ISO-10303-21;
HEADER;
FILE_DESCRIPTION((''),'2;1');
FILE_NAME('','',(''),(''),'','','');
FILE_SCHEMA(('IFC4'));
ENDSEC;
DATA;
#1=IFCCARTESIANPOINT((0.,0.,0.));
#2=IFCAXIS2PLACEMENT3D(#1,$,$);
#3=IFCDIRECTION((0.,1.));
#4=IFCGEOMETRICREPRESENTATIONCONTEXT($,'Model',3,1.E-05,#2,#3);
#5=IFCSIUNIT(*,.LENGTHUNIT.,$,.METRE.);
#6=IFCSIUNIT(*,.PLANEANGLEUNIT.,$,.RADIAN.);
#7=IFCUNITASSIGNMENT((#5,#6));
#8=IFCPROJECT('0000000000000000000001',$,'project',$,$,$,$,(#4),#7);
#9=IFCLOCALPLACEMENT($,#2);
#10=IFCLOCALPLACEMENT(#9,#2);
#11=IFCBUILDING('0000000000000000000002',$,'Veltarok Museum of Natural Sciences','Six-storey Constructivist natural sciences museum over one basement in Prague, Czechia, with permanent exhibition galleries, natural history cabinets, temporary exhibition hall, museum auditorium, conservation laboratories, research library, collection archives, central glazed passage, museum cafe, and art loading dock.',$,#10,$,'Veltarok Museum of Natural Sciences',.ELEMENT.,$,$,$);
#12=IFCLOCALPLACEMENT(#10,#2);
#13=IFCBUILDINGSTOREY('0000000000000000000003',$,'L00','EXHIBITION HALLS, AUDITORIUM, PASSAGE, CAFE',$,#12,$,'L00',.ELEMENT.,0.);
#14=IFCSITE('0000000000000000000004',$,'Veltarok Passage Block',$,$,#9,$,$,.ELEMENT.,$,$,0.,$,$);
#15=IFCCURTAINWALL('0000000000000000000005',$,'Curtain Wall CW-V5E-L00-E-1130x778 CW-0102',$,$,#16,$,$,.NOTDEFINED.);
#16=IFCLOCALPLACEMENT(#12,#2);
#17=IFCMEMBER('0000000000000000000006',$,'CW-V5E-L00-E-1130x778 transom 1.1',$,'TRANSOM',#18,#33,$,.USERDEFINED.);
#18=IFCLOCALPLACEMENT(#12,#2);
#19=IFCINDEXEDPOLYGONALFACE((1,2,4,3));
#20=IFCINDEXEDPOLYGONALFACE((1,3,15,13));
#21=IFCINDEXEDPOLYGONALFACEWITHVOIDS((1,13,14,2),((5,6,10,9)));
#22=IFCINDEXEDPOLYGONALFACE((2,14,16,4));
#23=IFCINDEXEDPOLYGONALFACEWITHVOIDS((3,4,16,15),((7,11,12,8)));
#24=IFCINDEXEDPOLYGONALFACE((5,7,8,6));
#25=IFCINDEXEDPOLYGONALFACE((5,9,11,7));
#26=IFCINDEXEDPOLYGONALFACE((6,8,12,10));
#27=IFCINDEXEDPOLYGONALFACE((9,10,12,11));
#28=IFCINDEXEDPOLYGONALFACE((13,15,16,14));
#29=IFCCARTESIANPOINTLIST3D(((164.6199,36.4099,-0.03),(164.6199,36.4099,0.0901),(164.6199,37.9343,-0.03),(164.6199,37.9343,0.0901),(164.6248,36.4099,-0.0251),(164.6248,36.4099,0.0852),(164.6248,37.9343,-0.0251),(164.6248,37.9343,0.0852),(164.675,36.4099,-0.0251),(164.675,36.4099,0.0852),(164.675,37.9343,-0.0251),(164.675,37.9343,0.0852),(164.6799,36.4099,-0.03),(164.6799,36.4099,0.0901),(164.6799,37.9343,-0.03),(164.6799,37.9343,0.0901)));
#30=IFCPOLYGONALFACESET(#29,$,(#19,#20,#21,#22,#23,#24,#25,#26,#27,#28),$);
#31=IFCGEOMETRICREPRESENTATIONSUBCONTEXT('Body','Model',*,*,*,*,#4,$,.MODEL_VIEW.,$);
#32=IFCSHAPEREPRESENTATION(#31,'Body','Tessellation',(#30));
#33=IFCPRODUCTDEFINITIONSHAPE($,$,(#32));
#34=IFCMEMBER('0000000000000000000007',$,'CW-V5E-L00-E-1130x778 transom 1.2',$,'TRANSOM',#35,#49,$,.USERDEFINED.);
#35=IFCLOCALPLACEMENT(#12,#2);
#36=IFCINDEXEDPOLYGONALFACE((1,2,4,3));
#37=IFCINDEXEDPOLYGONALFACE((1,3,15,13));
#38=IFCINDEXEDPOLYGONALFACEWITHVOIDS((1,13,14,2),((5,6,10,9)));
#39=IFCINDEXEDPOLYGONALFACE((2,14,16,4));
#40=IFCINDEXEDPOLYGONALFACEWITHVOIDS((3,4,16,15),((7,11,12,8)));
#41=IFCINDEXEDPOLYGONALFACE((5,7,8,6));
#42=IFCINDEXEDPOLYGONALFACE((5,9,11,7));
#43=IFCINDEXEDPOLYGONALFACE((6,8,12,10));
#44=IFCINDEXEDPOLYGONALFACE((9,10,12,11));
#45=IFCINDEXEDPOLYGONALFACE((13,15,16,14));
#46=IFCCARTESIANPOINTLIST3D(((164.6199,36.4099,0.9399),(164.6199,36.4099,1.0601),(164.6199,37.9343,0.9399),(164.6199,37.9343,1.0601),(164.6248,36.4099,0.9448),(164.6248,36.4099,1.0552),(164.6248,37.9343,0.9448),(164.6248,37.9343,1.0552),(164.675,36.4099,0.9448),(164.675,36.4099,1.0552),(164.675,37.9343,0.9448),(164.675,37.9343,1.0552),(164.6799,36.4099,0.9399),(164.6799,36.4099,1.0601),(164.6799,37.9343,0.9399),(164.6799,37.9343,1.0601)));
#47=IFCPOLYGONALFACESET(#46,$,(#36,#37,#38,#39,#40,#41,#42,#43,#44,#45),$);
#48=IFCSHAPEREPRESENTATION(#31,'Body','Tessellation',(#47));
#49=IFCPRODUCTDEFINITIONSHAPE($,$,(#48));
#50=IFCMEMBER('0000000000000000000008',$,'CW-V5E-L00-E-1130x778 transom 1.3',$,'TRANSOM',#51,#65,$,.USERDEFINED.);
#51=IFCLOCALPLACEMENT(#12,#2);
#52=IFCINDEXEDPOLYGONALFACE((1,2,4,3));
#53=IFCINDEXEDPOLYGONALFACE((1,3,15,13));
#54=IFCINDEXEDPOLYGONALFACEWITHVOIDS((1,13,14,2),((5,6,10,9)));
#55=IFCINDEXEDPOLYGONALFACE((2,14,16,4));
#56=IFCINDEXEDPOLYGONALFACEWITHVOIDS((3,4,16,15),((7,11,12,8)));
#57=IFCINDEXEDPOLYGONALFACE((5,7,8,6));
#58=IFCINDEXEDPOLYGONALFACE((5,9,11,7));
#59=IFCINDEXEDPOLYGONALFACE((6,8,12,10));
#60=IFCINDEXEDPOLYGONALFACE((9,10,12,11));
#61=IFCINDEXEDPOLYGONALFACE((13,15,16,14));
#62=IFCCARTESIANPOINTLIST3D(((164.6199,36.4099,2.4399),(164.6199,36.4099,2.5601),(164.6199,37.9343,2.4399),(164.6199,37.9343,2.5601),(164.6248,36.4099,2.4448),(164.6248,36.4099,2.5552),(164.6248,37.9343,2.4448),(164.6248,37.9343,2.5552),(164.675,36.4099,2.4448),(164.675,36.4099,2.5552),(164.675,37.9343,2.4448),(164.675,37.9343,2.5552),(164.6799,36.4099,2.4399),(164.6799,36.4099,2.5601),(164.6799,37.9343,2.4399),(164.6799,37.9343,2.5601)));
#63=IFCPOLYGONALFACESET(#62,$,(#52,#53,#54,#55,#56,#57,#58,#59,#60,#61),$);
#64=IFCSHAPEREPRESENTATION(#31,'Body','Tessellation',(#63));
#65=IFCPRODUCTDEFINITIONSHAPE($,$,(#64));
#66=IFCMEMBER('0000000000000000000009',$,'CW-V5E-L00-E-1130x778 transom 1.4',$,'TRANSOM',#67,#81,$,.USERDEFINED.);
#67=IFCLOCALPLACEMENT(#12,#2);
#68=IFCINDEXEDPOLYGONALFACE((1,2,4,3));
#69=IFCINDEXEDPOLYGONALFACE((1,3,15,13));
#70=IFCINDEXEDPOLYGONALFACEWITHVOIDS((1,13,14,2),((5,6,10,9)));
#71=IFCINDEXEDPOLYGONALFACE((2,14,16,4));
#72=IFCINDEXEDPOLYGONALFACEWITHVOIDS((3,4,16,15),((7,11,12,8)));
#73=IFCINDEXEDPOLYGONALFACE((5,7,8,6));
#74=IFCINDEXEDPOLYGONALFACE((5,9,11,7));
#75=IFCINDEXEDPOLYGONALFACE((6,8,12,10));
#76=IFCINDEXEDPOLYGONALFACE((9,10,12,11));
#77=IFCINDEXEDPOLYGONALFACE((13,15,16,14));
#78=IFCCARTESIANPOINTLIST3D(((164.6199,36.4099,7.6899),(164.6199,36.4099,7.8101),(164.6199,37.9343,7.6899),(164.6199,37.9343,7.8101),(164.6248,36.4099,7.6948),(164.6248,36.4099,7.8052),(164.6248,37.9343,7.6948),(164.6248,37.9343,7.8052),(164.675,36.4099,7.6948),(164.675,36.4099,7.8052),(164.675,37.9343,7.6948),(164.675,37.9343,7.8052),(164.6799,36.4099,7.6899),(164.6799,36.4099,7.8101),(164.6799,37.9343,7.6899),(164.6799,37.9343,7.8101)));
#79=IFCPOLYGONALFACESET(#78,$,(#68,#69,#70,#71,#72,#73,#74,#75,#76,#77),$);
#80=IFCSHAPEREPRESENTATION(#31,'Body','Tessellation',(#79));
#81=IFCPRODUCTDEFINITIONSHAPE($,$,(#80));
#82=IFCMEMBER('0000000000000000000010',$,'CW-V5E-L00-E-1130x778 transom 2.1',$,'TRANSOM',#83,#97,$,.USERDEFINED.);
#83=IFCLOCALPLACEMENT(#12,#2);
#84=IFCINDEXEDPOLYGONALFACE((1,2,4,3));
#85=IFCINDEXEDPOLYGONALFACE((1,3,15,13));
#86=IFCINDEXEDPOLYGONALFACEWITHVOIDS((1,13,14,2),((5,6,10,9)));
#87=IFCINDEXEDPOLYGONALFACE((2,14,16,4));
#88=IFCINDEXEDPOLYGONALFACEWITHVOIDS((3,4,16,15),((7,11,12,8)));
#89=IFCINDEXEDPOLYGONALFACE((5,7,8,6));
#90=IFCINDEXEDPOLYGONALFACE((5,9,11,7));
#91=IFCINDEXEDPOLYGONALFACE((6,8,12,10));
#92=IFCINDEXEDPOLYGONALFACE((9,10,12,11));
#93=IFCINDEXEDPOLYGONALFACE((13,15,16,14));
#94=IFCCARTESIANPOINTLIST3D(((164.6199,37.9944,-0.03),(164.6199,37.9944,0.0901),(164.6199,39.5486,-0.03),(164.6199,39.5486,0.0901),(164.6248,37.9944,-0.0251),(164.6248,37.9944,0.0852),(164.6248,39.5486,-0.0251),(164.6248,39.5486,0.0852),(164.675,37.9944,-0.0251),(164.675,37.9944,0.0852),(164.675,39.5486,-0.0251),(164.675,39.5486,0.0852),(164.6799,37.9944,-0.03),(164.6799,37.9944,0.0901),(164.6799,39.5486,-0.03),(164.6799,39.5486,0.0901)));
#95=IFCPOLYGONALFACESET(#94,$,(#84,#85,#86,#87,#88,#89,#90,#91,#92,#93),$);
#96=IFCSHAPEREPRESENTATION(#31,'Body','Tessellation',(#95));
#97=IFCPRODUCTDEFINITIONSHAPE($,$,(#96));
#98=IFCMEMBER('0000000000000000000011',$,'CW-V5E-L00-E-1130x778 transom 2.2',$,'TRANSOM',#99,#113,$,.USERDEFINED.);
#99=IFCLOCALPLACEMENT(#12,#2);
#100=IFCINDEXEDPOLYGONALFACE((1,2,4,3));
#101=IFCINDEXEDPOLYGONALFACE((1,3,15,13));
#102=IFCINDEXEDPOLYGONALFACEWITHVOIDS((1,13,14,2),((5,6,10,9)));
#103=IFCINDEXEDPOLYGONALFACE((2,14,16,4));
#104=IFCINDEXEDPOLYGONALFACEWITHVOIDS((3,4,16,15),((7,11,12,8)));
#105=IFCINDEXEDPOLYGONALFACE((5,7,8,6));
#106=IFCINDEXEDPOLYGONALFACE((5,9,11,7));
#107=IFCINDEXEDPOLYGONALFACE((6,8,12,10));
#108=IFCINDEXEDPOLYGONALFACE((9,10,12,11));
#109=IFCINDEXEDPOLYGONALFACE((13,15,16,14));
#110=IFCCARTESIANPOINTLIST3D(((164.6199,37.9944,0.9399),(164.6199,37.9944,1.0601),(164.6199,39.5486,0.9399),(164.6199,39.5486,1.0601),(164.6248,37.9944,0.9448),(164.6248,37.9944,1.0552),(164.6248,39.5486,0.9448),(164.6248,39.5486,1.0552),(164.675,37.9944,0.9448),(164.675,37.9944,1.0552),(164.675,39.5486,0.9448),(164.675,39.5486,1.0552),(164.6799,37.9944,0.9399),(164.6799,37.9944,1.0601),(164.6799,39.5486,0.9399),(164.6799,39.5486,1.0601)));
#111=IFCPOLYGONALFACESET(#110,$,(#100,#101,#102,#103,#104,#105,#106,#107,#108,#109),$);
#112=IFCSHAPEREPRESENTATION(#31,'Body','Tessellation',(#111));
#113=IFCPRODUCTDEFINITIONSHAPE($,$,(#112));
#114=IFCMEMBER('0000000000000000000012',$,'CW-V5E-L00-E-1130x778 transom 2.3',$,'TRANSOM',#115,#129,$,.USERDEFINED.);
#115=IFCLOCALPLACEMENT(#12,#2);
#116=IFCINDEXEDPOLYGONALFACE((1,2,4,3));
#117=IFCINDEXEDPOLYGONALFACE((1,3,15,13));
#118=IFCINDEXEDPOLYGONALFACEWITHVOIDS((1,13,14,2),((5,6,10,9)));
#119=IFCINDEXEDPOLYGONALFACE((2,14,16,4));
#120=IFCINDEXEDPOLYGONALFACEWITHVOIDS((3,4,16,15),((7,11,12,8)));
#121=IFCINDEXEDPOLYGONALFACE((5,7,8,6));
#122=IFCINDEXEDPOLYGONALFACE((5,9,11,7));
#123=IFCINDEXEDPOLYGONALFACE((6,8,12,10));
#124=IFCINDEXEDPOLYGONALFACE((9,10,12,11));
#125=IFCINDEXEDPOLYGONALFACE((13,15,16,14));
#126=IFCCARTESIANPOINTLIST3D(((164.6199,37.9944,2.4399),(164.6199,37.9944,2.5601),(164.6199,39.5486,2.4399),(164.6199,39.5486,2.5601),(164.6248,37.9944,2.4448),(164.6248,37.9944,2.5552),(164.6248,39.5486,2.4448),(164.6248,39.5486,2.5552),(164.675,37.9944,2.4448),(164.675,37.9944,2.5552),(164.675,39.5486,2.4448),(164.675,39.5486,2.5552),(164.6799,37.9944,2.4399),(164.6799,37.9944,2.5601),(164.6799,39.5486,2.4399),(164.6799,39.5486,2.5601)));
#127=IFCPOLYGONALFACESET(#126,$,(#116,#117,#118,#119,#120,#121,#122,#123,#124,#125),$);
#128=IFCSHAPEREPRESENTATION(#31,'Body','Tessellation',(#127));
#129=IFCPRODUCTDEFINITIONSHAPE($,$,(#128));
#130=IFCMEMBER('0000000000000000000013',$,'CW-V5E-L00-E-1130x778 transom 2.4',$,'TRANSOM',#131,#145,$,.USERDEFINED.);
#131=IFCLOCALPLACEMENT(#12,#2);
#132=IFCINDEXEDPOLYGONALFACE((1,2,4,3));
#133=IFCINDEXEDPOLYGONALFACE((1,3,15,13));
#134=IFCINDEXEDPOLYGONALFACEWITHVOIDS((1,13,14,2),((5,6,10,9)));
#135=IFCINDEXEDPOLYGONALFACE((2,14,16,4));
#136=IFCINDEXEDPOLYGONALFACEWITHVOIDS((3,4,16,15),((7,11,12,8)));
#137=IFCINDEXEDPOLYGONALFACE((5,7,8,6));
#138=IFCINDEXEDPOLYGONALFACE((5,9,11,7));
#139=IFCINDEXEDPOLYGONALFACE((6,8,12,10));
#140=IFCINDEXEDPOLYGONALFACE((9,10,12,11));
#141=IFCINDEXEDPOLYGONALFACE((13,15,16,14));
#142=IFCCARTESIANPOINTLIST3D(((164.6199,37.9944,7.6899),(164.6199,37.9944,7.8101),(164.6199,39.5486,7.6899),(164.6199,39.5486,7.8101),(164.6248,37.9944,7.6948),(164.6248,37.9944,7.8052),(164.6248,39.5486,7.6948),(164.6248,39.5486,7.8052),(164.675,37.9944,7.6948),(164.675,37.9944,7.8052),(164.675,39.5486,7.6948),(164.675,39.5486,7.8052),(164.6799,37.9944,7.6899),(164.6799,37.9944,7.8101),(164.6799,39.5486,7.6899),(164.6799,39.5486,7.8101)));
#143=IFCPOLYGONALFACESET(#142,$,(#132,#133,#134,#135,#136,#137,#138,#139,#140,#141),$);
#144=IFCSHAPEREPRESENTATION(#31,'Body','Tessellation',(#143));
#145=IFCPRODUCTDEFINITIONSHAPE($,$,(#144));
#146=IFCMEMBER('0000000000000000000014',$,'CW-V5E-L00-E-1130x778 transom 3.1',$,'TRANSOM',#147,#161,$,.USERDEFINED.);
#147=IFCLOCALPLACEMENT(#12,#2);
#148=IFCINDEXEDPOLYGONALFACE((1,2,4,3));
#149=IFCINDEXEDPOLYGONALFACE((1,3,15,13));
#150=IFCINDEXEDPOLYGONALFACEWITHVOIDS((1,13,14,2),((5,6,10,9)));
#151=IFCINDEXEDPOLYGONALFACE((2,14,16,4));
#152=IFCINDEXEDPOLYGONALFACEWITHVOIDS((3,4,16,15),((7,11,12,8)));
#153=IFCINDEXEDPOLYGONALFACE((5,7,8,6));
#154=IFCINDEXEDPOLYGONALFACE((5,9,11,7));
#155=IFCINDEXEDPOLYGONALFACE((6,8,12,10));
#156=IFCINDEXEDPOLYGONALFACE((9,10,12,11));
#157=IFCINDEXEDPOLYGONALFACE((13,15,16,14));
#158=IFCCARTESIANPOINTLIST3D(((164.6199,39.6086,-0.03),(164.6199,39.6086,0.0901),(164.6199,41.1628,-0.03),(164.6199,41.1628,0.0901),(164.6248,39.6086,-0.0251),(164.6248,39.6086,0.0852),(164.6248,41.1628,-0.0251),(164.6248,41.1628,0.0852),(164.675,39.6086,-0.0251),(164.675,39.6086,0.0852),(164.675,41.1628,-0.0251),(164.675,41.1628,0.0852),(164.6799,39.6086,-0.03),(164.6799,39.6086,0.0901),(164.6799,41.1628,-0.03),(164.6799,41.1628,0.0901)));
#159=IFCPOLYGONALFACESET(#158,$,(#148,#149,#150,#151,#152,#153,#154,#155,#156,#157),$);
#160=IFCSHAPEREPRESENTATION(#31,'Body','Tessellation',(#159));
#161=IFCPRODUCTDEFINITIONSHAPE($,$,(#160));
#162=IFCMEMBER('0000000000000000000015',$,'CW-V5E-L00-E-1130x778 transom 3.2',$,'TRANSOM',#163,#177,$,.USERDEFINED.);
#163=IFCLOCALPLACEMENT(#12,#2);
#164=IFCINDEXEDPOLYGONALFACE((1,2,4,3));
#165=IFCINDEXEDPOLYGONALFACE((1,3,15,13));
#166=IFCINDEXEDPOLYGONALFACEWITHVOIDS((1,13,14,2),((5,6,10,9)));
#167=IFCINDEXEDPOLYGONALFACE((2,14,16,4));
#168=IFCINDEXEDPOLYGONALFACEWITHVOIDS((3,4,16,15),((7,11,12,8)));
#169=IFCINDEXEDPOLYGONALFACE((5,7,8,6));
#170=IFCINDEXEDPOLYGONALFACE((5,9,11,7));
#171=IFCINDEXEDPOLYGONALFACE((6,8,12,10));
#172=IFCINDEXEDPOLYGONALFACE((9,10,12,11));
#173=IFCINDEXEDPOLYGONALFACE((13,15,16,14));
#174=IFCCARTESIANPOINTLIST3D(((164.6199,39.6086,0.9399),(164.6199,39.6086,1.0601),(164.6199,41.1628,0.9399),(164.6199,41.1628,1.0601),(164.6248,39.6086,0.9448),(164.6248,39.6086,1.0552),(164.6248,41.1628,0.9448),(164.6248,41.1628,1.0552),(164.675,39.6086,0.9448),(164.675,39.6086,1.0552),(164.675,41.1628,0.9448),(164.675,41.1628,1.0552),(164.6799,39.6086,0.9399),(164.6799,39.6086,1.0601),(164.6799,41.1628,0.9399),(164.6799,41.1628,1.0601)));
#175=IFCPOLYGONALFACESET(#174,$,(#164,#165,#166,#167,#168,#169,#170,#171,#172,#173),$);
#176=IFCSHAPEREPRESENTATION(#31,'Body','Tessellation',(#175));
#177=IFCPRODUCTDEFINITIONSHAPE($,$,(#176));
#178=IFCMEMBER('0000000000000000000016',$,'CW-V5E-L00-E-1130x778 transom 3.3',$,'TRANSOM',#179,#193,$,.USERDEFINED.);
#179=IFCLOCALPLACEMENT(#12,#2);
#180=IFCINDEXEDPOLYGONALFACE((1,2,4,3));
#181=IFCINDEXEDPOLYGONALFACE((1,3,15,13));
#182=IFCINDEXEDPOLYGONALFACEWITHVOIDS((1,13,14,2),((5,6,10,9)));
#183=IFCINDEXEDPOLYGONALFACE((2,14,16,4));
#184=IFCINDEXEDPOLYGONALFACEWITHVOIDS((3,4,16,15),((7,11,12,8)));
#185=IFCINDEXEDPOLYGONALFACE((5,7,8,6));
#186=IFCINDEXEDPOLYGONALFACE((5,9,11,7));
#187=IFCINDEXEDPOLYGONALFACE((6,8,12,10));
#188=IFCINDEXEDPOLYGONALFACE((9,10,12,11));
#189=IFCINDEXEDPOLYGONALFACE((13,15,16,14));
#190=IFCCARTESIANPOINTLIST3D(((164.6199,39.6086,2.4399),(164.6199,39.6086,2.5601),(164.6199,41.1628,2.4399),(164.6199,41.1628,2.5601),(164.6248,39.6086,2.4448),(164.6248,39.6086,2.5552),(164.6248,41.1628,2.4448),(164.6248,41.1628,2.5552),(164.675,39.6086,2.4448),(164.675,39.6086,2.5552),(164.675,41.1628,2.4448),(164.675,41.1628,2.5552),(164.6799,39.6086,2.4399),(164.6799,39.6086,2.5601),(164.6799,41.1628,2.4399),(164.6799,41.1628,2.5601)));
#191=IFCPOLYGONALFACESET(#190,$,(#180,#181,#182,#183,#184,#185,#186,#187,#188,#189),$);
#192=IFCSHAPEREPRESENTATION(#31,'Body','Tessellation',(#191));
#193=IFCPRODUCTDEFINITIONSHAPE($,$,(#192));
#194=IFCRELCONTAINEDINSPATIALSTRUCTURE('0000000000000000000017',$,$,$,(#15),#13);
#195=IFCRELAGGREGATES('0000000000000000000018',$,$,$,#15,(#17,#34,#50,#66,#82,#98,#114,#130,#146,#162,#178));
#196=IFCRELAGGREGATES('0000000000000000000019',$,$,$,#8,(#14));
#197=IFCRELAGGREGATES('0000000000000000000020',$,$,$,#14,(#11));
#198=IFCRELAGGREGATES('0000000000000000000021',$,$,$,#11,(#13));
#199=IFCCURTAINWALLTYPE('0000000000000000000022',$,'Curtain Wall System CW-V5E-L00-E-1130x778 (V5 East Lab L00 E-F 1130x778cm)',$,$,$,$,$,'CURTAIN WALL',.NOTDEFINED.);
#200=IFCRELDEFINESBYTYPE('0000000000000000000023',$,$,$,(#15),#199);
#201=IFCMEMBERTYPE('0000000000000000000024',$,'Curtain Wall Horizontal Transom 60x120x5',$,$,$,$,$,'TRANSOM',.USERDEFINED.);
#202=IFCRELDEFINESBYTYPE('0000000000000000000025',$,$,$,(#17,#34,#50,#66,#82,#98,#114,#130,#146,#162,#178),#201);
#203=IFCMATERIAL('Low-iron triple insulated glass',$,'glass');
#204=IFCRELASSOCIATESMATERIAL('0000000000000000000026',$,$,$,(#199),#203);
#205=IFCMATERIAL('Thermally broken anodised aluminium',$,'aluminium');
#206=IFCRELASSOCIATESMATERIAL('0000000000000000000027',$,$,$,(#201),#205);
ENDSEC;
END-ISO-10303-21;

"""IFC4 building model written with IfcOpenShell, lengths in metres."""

from ifc_helpers import new_model, si_unit, direction, frame, origin, origin_2d, place, context, subcontext, project, spatial, hollow_rectangle, extrude, material, material_profile, profile_set, type_object, element, aggregate, save


model = new_model("IFC4")

# Units and contexts
model_context = context("Model", 3, precision=1e-05, world=origin(), true_north=direction((0.0, 1.0)))
body_context = subcontext(model_context, "Body", "Model", "MODEL_VIEW")
ifc_project = project(units=[si_unit("LENGTHUNIT", "METRE"), si_unit("PLANEANGLEUNIT", "RADIAN")], contexts=[model_context])

# Site, building, storey
site_placement = place(None, origin())
site = spatial("IfcSite", under=ifc_project, at=site_placement, Name="Veltarok Passage Block", CompositionType="ELEMENT", RefElevation=0.0)
building_placement = place(site_placement, origin())
building = spatial("IfcBuilding", under=site, at=building_placement, Name="Veltarok Museum of Natural Sciences", Description="Six-storey Constructivist natural sciences museum over one basement in Prague, Czechia, with permanent exhibition galleries, natural history cabinets, temporary exhibition hall, museum auditorium, conservation laboratories, research library, collection archives, central glazed passage, museum cafe, and art loading dock.", LongName="Veltarok Museum of Natural Sciences", CompositionType="ELEMENT")
storey_placement = place(building_placement, origin())
storey = spatial("IfcBuildingStorey", under=building, at=storey_placement, Name="L00", Description="EXHIBITION HALLS, AUDITORIUM, PASSAGE, CAFE", LongName="L00", CompositionType="ELEMENT", Elevation=0.0)

# Curtain wall, members
ifc_material_1 = material(Name="Low-iron triple insulated glass", Category="glass")
curtain_wall_type = type_object("IfcCurtainWallType", Name="Curtain Wall System CW-V5E-L00-E-1130x778 (V5 East Lab L00 E-F 1130x778cm)", ElementType="CURTAIN WALL", PredefinedType="NOTDEFINED", material=ifc_material_1)
curtain_wall_placement = place(storey_placement, origin())
curtain_wall = element("IfcCurtainWall", 1, at=curtain_wall_placement, inside=storey, type_object=curtain_wall_type, Name="Curtain Wall CW-V5E-L00-E-1130x778 CW-0102", PredefinedType="NOTDEFINED")
ifc_material_2 = material(Name="Thermally broken anodised aluminium", Category="aluminium")
ifc_material_profile_1 = material_profile(ifc_material_2, hollow_rectangle(XDim=0.0601, YDim=0.1201, WallThickness=0.0049, at=origin_2d()), Name="CW TRANSOM 60x120x5")
ifc_profile_set_1 = profile_set([ifc_material_profile_1], Name="Thermally broken anodised aluminium")
member_type_1 = type_object("IfcMemberType", Name="Curtain Wall Horizontal Transom 60x120x5", ElementType="TRANSOM", PredefinedType="USERDEFINED", material=ifc_profile_set_1)
member_1_placement = place(storey_placement, frame((164.6499, 36.4099, 0.03), z_axis=(0.0, 1.0, 0.0), x_axis=(-1.0, 0.0, 0.0)))
member_1 = element("IfcMember", 2, at=member_1_placement, type_object=member_type_1, Name="CW-V5E-L00-E-1130x778 transom 1.1", ObjectType="TRANSOM", PredefinedType="USERDEFINED", context=body_context, shape_type="SweptSolid", body=[
    extrude(hollow_rectangle(XDim=0.0601, YDim=0.1201, WallThickness=0.0049, at=origin_2d()), origin(), (0.0, 0.0, 1.0), 1.5244),
])
member_2_placement = place(storey_placement, frame((164.6499, 36.4099, 1.0), z_axis=(0.0, 1.0, 0.0), x_axis=(-1.0, 0.0, 0.0)))
member_2 = element("IfcMember", 3, at=member_2_placement, type_object=member_type_1, Name="CW-V5E-L00-E-1130x778 transom 1.2", ObjectType="TRANSOM", PredefinedType="USERDEFINED", context=body_context, shape_type="SweptSolid", body=[
    extrude(hollow_rectangle(XDim=0.0601, YDim=0.1201, WallThickness=0.0049, at=origin_2d()), origin(), (0.0, 0.0, 1.0), 1.5244),
])
member_3_placement = place(storey_placement, frame((164.6499, 36.4099, 2.5), z_axis=(0.0, 1.0, 0.0), x_axis=(-1.0, 0.0, 0.0)))
member_3 = element("IfcMember", 4, at=member_3_placement, type_object=member_type_1, Name="CW-V5E-L00-E-1130x778 transom 1.3", ObjectType="TRANSOM", PredefinedType="USERDEFINED", context=body_context, shape_type="SweptSolid", body=[
    extrude(hollow_rectangle(XDim=0.0601, YDim=0.1201, WallThickness=0.0049, at=origin_2d()), origin(), (0.0, 0.0, 1.0), 1.5244),
])
member_4_placement = place(storey_placement, frame((164.6499, 36.4099, 7.75), z_axis=(0.0, 1.0, 0.0), x_axis=(-1.0, 0.0, 0.0)))
member_4 = element("IfcMember", 5, at=member_4_placement, type_object=member_type_1, Name="CW-V5E-L00-E-1130x778 transom 1.4", ObjectType="TRANSOM", PredefinedType="USERDEFINED", context=body_context, shape_type="SweptSolid", body=[
    extrude(hollow_rectangle(XDim=0.0601, YDim=0.1201, WallThickness=0.0049, at=origin_2d()), origin(), (0.0, 0.0, 1.0), 1.5244),
])
member_5_placement = place(storey_placement, frame((164.6499, 37.9944, 0.03), z_axis=(0.0, 1.0, 0.0), x_axis=(-1.0, 0.0, 0.0)))
member_5 = element("IfcMember", 6, at=member_5_placement, type_object=member_type_1, Name="CW-V5E-L00-E-1130x778 transom 2.1", ObjectType="TRANSOM", PredefinedType="USERDEFINED", context=body_context, shape_type="SweptSolid", body=[
    extrude(hollow_rectangle(XDim=0.0601, YDim=0.1201, WallThickness=0.0049, at=origin_2d()), origin(), (0.0, 0.0, 1.0), 1.5542),
])
member_6_placement = place(storey_placement, frame((164.6499, 37.9944, 1.0), z_axis=(0.0, 1.0, 0.0), x_axis=(-1.0, 0.0, 0.0)))
member_6 = element("IfcMember", 7, at=member_6_placement, type_object=member_type_1, Name="CW-V5E-L00-E-1130x778 transom 2.2", ObjectType="TRANSOM", PredefinedType="USERDEFINED", context=body_context, shape_type="SweptSolid", body=[
    extrude(hollow_rectangle(XDim=0.0601, YDim=0.1201, WallThickness=0.0049, at=origin_2d()), origin(), (0.0, 0.0, 1.0), 1.5542),
])
member_7_placement = place(storey_placement, frame((164.6499, 37.9944, 2.5), z_axis=(0.0, 1.0, 0.0), x_axis=(-1.0, 0.0, 0.0)))
member_7 = element("IfcMember", 8, at=member_7_placement, type_object=member_type_1, Name="CW-V5E-L00-E-1130x778 transom 2.3", ObjectType="TRANSOM", PredefinedType="USERDEFINED", context=body_context, shape_type="SweptSolid", body=[
    extrude(hollow_rectangle(XDim=0.0601, YDim=0.1201, WallThickness=0.0049, at=origin_2d()), origin(), (0.0, 0.0, 1.0), 1.5542),
])
member_8_placement = place(storey_placement, frame((164.6499, 37.9944, 7.75), z_axis=(0.0, 1.0, 0.0), x_axis=(-1.0, 0.0, 0.0)))
member_8 = element("IfcMember", 9, at=member_8_placement, type_object=member_type_1, Name="CW-V5E-L00-E-1130x778 transom 2.4", ObjectType="TRANSOM", PredefinedType="USERDEFINED", context=body_context, shape_type="SweptSolid", body=[
    extrude(hollow_rectangle(XDim=0.0601, YDim=0.1201, WallThickness=0.0049, at=origin_2d()), origin(), (0.0, 0.0, 1.0), 1.5542),
])
member_9_placement = place(storey_placement, frame((164.6499, 39.6086, 0.03), z_axis=(0.0, 1.0, 0.0), x_axis=(-1.0, 0.0, 0.0)))
member_9 = element("IfcMember", 10, at=member_9_placement, type_object=member_type_1, Name="CW-V5E-L00-E-1130x778 transom 3.1", ObjectType="TRANSOM", PredefinedType="USERDEFINED", context=body_context, shape_type="SweptSolid", body=[
    extrude(hollow_rectangle(XDim=0.0601, YDim=0.1201, WallThickness=0.0049, at=origin_2d()), origin(), (0.0, 0.0, 1.0), 1.5542),
])
member_10_placement = place(storey_placement, frame((164.6499, 39.6086, 1.0), z_axis=(0.0, 1.0, 0.0), x_axis=(-1.0, 0.0, 0.0)))
member_10 = element("IfcMember", 11, at=member_10_placement, type_object=member_type_1, Name="CW-V5E-L00-E-1130x778 transom 3.2", ObjectType="TRANSOM", PredefinedType="USERDEFINED", context=body_context, shape_type="SweptSolid", body=[
    extrude(hollow_rectangle(XDim=0.0601, YDim=0.1201, WallThickness=0.0049, at=origin_2d()), origin(), (0.0, 0.0, 1.0), 1.5542),
])
member_11_placement = place(storey_placement, frame((164.6499, 39.6086, 2.5), z_axis=(0.0, 1.0, 0.0), x_axis=(-1.0, 0.0, 0.0)))
member_11 = element("IfcMember", 12, at=member_11_placement, type_object=member_type_1, Name="CW-V5E-L00-E-1130x778 transom 3.3", ObjectType="TRANSOM", PredefinedType="USERDEFINED", context=body_context, shape_type="SweptSolid", body=[
    extrude(hollow_rectangle(XDim=0.0601, YDim=0.1201, WallThickness=0.0049, at=origin_2d()), origin(), (0.0, 0.0, 1.0), 1.5542),
])

aggregate(curtain_wall, [member_1, member_2, member_3, member_4, member_5, member_6, member_7, member_8, member_9, member_10, member_11])

save(model, "model.ifc")
